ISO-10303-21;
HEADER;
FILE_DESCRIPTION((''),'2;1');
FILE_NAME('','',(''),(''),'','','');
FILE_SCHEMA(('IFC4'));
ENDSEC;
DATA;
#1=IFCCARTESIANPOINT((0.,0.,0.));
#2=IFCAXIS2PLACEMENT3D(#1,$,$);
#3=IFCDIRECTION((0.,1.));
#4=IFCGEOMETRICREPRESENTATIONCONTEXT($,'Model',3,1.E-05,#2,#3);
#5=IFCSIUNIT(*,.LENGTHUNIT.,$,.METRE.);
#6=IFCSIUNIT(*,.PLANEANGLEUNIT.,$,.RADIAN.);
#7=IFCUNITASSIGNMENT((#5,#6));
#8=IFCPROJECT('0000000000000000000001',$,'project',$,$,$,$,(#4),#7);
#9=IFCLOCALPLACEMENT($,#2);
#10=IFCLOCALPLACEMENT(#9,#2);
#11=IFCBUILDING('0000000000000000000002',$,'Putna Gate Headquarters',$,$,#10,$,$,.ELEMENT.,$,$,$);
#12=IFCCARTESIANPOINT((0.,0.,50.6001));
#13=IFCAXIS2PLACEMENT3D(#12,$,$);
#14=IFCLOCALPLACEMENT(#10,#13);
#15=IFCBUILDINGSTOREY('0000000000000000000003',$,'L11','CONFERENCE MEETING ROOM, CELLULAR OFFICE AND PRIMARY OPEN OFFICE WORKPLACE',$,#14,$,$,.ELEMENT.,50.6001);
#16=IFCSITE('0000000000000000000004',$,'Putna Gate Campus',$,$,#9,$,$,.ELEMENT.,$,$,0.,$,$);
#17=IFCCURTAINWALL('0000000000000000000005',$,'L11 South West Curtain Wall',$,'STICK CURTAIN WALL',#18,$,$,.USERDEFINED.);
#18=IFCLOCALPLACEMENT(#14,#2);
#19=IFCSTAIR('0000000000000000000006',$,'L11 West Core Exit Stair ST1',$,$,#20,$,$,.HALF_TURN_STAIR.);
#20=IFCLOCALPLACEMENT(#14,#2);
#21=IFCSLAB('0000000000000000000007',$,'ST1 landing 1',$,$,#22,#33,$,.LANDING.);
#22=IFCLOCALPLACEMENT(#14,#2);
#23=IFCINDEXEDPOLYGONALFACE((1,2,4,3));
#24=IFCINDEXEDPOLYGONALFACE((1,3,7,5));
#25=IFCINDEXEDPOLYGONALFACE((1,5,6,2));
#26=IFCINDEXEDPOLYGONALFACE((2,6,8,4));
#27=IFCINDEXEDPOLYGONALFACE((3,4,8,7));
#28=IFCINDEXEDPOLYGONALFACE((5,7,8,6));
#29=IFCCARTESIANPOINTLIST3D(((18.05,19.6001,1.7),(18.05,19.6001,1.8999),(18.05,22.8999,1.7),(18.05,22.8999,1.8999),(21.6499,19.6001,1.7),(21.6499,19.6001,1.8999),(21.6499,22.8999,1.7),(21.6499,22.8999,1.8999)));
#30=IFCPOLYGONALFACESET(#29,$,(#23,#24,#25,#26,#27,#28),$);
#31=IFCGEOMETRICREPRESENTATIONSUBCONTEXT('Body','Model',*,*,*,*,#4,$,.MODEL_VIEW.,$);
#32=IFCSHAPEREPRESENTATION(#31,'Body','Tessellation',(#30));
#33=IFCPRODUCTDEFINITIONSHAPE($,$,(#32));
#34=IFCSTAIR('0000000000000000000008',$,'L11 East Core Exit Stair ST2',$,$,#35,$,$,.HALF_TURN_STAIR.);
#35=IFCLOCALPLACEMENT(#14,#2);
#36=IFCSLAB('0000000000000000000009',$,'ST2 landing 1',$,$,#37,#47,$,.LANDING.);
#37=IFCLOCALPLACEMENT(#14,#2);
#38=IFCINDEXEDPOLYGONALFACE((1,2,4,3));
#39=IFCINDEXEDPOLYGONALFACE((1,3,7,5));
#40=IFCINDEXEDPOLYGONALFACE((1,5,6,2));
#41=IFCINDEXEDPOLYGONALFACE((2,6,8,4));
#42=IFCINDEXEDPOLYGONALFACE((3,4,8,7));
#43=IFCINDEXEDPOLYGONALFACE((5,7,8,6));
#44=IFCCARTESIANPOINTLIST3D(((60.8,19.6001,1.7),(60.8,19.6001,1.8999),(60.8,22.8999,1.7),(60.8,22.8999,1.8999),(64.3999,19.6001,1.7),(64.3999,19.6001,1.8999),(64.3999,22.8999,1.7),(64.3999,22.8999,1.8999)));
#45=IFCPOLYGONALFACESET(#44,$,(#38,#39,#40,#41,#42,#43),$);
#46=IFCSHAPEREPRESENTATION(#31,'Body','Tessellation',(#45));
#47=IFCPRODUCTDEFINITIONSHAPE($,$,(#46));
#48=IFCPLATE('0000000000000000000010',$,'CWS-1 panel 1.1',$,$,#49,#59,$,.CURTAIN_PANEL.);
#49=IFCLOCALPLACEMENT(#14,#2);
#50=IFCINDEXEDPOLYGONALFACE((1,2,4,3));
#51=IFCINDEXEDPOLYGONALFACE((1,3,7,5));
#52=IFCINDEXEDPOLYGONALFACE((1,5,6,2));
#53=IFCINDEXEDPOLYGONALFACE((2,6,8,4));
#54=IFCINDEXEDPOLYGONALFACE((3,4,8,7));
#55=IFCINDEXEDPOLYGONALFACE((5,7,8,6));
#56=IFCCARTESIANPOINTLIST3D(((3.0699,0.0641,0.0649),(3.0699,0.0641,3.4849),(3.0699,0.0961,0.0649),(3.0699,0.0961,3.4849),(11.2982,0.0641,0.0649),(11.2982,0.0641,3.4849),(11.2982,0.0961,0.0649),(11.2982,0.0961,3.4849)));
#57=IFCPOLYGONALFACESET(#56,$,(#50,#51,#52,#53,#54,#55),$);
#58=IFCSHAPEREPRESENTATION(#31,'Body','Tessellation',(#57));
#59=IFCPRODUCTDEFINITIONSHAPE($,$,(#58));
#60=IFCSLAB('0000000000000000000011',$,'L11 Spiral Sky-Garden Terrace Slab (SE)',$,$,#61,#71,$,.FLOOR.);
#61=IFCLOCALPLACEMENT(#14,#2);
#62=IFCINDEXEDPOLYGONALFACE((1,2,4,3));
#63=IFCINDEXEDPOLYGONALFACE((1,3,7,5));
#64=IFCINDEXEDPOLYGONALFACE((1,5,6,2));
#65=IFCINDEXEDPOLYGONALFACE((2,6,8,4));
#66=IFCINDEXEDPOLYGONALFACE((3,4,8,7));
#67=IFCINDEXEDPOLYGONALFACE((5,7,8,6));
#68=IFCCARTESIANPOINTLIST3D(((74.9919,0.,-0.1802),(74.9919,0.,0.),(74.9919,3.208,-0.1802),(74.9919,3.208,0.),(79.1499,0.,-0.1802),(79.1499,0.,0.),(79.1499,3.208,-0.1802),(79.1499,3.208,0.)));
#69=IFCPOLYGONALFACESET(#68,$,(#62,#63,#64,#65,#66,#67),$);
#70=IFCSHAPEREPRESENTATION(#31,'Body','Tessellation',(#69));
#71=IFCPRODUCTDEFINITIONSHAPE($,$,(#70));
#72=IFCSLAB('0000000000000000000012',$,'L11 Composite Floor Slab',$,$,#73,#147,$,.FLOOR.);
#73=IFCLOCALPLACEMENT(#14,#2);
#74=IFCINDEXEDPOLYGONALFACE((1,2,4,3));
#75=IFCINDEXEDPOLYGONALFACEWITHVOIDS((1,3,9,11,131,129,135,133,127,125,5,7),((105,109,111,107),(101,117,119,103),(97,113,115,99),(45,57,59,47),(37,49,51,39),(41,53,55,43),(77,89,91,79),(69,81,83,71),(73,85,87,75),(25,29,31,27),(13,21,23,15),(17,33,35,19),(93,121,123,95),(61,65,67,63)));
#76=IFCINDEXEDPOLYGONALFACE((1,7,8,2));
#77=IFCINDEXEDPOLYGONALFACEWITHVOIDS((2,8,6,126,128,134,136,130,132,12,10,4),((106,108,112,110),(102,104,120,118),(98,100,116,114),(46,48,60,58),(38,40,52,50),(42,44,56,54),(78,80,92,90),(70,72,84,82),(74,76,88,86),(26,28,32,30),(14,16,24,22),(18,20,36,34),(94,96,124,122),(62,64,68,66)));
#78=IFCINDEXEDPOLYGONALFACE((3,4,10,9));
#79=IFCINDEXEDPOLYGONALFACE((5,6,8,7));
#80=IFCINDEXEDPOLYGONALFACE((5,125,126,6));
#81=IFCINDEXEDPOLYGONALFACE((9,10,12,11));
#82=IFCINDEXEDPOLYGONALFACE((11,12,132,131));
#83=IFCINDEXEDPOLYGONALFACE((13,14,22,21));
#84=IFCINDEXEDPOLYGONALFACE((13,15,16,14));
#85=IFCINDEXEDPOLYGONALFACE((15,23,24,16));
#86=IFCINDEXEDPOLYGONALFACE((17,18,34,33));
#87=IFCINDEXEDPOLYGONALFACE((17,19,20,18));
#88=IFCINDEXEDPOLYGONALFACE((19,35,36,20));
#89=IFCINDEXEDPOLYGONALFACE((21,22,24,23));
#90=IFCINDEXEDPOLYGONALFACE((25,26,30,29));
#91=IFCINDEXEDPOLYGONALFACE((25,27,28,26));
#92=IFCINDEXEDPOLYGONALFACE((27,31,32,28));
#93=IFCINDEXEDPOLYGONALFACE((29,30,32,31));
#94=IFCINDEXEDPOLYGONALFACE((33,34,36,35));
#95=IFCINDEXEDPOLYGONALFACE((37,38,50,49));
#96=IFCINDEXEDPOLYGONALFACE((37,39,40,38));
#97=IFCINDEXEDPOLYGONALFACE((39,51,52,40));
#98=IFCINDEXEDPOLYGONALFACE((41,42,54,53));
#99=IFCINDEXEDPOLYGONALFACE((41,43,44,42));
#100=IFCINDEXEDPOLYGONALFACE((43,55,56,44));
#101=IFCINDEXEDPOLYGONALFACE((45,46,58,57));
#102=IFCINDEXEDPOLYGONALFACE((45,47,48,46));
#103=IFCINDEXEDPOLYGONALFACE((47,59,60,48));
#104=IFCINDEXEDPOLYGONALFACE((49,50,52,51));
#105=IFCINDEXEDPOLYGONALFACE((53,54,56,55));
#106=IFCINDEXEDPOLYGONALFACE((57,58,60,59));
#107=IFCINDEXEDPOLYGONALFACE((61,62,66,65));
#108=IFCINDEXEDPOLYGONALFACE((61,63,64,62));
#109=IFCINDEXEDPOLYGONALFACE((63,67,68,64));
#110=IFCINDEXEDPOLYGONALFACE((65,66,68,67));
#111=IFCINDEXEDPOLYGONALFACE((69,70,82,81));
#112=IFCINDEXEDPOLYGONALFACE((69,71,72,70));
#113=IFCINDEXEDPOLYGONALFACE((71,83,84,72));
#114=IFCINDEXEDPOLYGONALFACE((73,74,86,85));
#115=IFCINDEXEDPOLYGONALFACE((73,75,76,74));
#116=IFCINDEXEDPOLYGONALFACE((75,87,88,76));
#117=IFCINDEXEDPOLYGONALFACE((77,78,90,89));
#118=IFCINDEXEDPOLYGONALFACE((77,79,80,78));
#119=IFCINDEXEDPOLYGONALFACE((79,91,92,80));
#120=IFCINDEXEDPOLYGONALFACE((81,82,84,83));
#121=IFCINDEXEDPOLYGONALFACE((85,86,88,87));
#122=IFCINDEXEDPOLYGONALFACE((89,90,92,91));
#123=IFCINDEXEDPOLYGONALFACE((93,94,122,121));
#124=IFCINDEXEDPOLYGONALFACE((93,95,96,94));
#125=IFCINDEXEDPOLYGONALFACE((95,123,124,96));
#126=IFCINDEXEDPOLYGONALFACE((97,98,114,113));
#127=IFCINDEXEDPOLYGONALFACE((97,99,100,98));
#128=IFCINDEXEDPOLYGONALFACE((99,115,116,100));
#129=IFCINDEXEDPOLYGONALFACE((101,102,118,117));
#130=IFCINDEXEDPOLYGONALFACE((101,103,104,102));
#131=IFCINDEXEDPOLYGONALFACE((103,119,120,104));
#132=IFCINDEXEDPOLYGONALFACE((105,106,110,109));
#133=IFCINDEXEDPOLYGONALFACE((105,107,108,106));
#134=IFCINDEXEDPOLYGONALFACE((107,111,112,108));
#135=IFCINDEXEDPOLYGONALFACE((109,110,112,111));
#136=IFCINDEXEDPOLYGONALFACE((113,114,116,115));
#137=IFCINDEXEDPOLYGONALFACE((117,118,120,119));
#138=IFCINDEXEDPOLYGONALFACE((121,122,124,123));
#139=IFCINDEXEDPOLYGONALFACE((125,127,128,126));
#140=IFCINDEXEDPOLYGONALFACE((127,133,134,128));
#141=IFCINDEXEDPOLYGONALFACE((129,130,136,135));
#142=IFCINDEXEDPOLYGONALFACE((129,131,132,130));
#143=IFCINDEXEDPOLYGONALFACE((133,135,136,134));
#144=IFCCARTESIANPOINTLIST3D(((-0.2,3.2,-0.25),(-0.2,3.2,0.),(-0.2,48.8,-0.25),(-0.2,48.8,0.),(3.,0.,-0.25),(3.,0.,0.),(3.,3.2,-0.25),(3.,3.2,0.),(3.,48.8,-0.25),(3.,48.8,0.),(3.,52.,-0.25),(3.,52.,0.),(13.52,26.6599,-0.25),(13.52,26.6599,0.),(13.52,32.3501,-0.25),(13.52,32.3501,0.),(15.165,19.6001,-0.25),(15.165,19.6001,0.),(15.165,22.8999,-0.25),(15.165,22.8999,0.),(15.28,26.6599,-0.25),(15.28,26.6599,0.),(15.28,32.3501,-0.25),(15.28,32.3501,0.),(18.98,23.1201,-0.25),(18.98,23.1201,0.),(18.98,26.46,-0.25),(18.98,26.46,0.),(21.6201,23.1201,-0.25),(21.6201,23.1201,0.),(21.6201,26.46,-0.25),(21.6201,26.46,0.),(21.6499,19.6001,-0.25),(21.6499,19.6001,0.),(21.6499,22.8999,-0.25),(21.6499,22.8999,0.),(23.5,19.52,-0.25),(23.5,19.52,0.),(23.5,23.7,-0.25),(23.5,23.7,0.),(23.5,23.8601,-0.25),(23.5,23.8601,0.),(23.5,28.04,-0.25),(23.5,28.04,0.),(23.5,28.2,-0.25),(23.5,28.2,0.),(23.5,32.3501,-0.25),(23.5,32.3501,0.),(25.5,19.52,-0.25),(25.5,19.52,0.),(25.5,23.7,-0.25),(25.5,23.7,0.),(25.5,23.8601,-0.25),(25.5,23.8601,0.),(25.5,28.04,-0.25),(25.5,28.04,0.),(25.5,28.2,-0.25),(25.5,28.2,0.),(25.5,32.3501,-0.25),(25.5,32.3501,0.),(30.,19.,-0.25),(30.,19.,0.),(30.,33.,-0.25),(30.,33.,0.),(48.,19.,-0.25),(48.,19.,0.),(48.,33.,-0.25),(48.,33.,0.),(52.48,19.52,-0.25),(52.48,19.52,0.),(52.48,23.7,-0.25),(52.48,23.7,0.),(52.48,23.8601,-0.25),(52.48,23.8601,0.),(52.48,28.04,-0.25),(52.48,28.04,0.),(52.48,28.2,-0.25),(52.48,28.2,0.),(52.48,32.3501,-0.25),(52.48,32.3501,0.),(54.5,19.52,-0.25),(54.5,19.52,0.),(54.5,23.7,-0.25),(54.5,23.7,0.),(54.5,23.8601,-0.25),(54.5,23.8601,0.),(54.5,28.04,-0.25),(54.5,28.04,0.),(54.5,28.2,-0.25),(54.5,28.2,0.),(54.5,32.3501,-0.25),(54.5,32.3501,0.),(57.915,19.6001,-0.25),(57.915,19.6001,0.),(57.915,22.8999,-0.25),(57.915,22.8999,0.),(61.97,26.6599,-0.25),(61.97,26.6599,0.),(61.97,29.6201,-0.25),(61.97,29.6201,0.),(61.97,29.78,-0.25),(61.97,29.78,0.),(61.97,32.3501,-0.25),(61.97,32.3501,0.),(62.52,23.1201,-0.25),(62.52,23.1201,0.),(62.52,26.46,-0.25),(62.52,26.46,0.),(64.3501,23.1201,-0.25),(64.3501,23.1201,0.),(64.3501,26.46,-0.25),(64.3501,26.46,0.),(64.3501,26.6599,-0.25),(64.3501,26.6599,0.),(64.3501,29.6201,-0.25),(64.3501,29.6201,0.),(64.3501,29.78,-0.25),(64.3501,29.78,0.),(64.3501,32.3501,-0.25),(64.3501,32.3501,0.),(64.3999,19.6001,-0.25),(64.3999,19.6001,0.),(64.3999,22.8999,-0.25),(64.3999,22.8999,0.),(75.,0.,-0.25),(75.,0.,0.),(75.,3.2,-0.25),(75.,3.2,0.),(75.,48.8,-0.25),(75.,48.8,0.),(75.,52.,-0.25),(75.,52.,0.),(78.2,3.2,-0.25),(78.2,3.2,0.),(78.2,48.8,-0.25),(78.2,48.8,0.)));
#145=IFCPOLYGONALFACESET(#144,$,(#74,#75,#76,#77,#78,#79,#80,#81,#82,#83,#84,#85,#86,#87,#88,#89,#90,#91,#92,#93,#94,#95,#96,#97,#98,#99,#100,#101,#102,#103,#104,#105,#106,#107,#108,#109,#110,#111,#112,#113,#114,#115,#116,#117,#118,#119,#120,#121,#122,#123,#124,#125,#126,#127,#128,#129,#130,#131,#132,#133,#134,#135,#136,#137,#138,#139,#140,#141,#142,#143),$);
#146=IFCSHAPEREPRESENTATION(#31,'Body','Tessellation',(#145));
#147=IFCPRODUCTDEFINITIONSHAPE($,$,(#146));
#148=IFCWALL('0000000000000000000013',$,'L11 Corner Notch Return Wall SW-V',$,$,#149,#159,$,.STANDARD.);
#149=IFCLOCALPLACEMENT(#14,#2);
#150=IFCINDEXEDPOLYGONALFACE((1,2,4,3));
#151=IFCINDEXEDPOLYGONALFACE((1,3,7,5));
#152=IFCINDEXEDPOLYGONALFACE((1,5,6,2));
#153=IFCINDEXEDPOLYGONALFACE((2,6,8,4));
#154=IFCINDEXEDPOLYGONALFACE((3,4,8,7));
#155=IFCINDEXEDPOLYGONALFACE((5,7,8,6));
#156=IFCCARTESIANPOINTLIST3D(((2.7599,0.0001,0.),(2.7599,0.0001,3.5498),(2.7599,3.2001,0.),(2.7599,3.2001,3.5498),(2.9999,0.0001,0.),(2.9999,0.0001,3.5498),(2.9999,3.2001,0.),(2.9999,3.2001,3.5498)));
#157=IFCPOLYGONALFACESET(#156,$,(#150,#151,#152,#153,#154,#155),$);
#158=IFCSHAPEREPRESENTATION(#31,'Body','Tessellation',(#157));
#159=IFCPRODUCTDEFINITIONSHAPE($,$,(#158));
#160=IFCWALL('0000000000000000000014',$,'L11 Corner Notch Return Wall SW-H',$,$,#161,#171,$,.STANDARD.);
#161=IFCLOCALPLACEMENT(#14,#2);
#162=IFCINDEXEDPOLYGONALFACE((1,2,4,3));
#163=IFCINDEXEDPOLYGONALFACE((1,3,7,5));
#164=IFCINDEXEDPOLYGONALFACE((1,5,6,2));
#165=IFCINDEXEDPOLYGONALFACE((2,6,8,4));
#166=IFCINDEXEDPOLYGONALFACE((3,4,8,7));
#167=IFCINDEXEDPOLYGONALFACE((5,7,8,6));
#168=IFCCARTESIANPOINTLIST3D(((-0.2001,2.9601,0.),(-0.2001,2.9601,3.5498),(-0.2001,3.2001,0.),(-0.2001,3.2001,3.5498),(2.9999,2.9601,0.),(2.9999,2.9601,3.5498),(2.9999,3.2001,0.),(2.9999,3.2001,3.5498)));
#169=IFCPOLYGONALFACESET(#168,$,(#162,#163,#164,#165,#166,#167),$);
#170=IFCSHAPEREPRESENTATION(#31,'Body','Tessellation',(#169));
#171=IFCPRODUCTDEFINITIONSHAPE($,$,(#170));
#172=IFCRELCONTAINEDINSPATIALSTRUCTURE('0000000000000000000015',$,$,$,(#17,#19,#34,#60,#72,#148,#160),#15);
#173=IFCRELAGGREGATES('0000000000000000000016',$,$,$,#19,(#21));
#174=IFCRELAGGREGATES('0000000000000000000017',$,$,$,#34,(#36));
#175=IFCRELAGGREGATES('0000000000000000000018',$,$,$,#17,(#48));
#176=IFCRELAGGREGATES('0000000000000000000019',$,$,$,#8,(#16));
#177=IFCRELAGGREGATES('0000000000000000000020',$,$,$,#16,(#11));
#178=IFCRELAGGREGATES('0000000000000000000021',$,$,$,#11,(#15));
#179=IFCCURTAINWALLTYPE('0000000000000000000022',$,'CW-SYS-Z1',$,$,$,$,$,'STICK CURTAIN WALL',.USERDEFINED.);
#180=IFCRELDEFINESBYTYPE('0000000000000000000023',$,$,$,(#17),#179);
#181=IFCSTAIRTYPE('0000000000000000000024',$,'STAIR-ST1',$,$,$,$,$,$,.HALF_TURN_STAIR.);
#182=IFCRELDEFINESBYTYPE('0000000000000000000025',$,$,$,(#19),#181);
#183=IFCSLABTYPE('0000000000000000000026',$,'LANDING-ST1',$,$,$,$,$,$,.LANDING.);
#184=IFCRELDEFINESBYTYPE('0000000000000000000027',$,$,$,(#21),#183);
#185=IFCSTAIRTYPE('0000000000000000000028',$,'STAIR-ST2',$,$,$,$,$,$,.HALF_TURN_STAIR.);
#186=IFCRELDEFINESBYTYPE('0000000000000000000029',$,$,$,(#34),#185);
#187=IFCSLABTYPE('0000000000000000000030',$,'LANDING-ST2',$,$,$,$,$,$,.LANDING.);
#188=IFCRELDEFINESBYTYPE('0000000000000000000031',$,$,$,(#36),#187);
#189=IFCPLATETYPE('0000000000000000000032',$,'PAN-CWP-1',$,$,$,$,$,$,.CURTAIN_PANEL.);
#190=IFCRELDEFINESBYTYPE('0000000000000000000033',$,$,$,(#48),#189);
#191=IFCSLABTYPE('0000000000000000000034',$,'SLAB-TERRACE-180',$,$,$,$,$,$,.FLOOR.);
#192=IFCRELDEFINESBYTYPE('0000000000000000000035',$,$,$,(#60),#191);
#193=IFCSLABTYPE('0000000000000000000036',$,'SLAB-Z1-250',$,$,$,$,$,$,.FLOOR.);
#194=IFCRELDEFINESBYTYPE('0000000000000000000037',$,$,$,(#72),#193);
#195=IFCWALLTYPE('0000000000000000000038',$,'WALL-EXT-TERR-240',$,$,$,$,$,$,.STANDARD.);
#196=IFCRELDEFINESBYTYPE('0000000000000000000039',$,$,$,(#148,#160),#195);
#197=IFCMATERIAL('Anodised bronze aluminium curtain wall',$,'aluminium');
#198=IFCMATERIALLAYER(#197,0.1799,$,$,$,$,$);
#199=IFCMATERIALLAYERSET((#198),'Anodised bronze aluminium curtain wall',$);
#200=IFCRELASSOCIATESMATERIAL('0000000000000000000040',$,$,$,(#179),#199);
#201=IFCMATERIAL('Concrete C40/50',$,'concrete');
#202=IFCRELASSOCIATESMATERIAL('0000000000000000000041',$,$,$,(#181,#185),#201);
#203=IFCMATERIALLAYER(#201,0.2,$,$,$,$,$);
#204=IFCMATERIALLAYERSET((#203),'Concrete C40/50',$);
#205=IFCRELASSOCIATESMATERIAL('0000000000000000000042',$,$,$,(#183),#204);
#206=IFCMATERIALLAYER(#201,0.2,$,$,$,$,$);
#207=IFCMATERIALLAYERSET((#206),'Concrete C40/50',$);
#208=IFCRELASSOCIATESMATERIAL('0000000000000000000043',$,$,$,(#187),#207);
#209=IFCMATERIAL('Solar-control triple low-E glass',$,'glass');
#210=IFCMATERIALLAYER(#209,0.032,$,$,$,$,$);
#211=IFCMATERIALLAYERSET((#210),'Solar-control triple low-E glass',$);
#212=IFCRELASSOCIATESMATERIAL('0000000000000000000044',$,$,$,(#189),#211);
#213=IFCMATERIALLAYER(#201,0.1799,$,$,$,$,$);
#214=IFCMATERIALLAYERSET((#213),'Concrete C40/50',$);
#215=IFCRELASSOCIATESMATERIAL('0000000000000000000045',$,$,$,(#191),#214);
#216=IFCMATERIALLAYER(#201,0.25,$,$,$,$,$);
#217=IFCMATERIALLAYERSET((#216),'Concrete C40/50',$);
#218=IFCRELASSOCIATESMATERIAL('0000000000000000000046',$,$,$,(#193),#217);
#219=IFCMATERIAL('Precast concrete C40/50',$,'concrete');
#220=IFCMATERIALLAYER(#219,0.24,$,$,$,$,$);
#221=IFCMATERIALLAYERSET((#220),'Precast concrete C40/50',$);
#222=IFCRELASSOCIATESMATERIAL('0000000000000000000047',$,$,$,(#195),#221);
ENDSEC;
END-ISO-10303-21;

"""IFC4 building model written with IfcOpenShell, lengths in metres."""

from ifc_helpers import new_model, si_unit, direction, frame, frame_2d, origin, origin_2d, place, context, subcontext, project, spatial, polyline, rectangle, outline, extrude, material, layer, layer_set, type_object, element, aggregate, save


model = new_model("IFC4")

# Units and contexts
model_context = context("Model", 3, precision=1e-05, world=origin(), true_north=direction((0.0, 1.0)))
body_context = subcontext(model_context, "Body", "Model", "MODEL_VIEW")
ifc_project = project(units=[si_unit("LENGTHUNIT", "METRE"), si_unit("PLANEANGLEUNIT", "RADIAN")], contexts=[model_context])

# Site, building, storey
site_placement = place(None, origin())
site = spatial("IfcSite", under=ifc_project, at=site_placement, Name="Putna Gate Campus", CompositionType="ELEMENT", RefElevation=0.0)
building_placement = place(site_placement, origin())
building = spatial("IfcBuilding", under=site, at=building_placement, Name="Putna Gate Headquarters", CompositionType="ELEMENT")
storey_placement = place(building_placement, frame((0.0, 0.0, 50.6001)))
storey = spatial("IfcBuildingStorey", under=building, at=storey_placement, Name="L11", Description="CONFERENCE MEETING ROOM, CELLULAR OFFICE AND PRIMARY OPEN OFFICE WORKPLACE", CompositionType="ELEMENT", Elevation=50.6001)

# Curtain wall
ifc_material_1 = material(Name="Anodised bronze aluminium curtain wall", Category="aluminium")
ifc_layer_1 = layer(ifc_material_1, 0.1799)
ifc_layer_set_1 = layer_set([ifc_layer_1], Name="Anodised bronze aluminium curtain wall")
curtain_wall_type = type_object("IfcCurtainWallType", Name="CW-SYS-Z1", ElementType="STICK CURTAIN WALL", PredefinedType="USERDEFINED", material=ifc_layer_set_1)
curtain_wall_1_placement = place(storey_placement, origin())
curtain_wall_1 = element("IfcCurtainWall", 1, at=curtain_wall_1_placement, inside=storey, type_object=curtain_wall_type, Name="L11 South West Curtain Wall", ObjectType="STICK CURTAIN WALL", PredefinedType="USERDEFINED")

# Stairs, slabs
ifc_material_2 = material(Name="Concrete C40/50", Category="concrete")
stair_type_1 = type_object("IfcStairType", Name="STAIR-ST1", PredefinedType="HALF_TURN_STAIR", material=ifc_material_2)
stair_1_placement = place(storey_placement, origin())
stair_1 = element("IfcStair", 2, at=stair_1_placement, inside=storey, type_object=stair_type_1, Name="L11 West Core Exit Stair ST1", PredefinedType="HALF_TURN_STAIR")
ifc_layer_2 = layer(ifc_material_2, 0.2)
ifc_layer_set_2 = layer_set([ifc_layer_2], Name="Concrete C40/50")
slab_type_1 = type_object("IfcSlabType", Name="LANDING-ST1", PredefinedType="LANDING", material=ifc_layer_set_2)
slab_1_placement = place(storey_placement, frame((0.0, 0.0, 1.7)))
slab_1 = element("IfcSlab", 3, at=slab_1_placement, type_object=slab_type_1, Name="ST1 landing 1", PredefinedType="LANDING", context=body_context, shape_type="SweptSolid", body=[
    extrude(outline(polyline([(18.05, 19.6001), (21.6499, 19.6001), (21.6499, 22.8999), (18.05, 22.8999), (18.05, 19.6001)])), origin(), (0.0, 0.0, 1.0), 0.2),
])
aggregate(stair_1, [slab_1])
stair_type_2 = type_object("IfcStairType", Name="STAIR-ST2", PredefinedType="HALF_TURN_STAIR", material=ifc_material_2)
stair_2_placement = place(storey_placement, origin())
stair_2 = element("IfcStair", 4, at=stair_2_placement, inside=storey, type_object=stair_type_2, Name="L11 East Core Exit Stair ST2", PredefinedType="HALF_TURN_STAIR")
ifc_layer_3 = layer(ifc_material_2, 0.2)
ifc_layer_set_3 = layer_set([ifc_layer_3], Name="Concrete C40/50")
slab_type_2 = type_object("IfcSlabType", Name="LANDING-ST2", PredefinedType="LANDING", material=ifc_layer_set_3)
slab_2_placement = place(storey_placement, frame((0.0, 0.0, 1.7)))
slab_2 = element("IfcSlab", 5, at=slab_2_placement, type_object=slab_type_2, Name="ST2 landing 1", PredefinedType="LANDING", context=body_context, shape_type="SweptSolid", body=[
    extrude(outline(polyline([(60.8, 19.6001), (64.3999, 19.6001), (64.3999, 22.8999), (60.8, 22.8999), (60.8, 19.6001)])), origin(), (0.0, 0.0, 1.0), 0.2),
])
aggregate(stair_2, [slab_2])

# Plate
ifc_material_3 = material(Name="Solar-control triple low-E glass", Category="glass")
ifc_layer_4 = layer(ifc_material_3, 0.032)
ifc_layer_set_4 = layer_set([ifc_layer_4], Name="Solar-control triple low-E glass")
plate_type = type_object("IfcPlateType", Name="PAN-CWP-1", PredefinedType="CURTAIN_PANEL", material=ifc_layer_set_4)
plate_placement = place(storey_placement, frame((7.1841, 0.0801, 0.0649), z_axis=(0.0, 0.0, 1.0), x_axis=(1.0, 0.0, 0.0)))
plate = element("IfcPlate", 6, at=plate_placement, type_object=plate_type, Name="CWS-1 panel 1.1", PredefinedType="CURTAIN_PANEL", context=body_context, shape_type="SweptSolid", body=[
    extrude(rectangle(XDim=8.2283, YDim=0.032, at=origin_2d()), origin(), (0.0, 0.0, 1.0), 3.4199),
])
aggregate(curtain_wall_1, [plate])

# Slabs
ifc_layer_5 = layer(ifc_material_2, 0.1799)
ifc_layer_set_5 = layer_set([ifc_layer_5], Name="Concrete C40/50")
slab_type_3 = type_object("IfcSlabType", Name="SLAB-TERRACE-180", PredefinedType="FLOOR", material=ifc_layer_set_5)
slab_3_placement = place(storey_placement, frame((0.0, 0.0, -0.1802)))
element("IfcSlab", 7, at=slab_3_placement, inside=storey, type_object=slab_type_3, Name="L11 Spiral Sky-Garden Terrace Slab (SE)", PredefinedType="FLOOR", context=body_context, shape_type="SweptSolid", body=[
    extrude(outline(polyline([(74.9919, 0.0), (79.1499, 0.0), (79.1499, 3.208), (74.9919, 3.208), (74.9919, 0.0)])), origin(), (0.0, 0.0, 1.0), 0.1802),
])
ifc_layer_6 = layer(ifc_material_2, 0.25)
ifc_layer_set_6 = layer_set([ifc_layer_6], Name="Concrete C40/50")
slab_type_4 = type_object("IfcSlabType", Name="SLAB-Z1-250", PredefinedType="FLOOR", material=ifc_layer_set_6)
slab_4_placement = place(storey_placement, frame((0.0, 0.0, -0.25)))
element("IfcSlab", 8, at=slab_4_placement, inside=storey, type_object=slab_type_4, Name="L11 Composite Floor Slab", PredefinedType="FLOOR", context=body_context, shape_type="SweptSolid", body=[
    extrude(outline(polyline([(3.0, 0.0), (75.0, 0.0), (75.0, 3.2), (78.2, 3.2), (78.2, 48.8), (75.0, 48.8), (75.0, 52.0), (3.0, 52.0), (3.0, 48.8), (-0.2, 48.8), (-0.2, 3.2), (3.0, 3.2), (3.0, 0.0)]), holes=[polyline([(15.165, 19.6001), (21.6499, 19.6001), (21.6499, 22.8999), (15.165, 22.8999), (15.165, 19.6001)]), polyline([(57.915, 19.6001), (64.3999, 19.6001), (64.3999, 22.8999), (57.915, 22.8999), (57.915, 19.6001)]), polyline([(13.52, 26.6599), (15.28, 26.6599), (15.28, 32.3501), (13.52, 32.3501), (13.52, 26.6599)]), polyline([(61.97, 29.78), (64.3501, 29.78), (64.3501, 32.3501), (61.97, 32.3501), (61.97, 29.78)]), polyline([(18.98, 23.1201), (21.6201, 23.1201), (21.6201, 26.46), (18.98, 26.46), (18.98, 23.1201)]), polyline([(62.52, 23.1201), (64.3501, 23.1201), (64.3501, 26.46), (62.52, 26.46), (62.52, 23.1201)]), polyline([(61.97, 26.6599), (64.3501, 26.6599), (64.3501, 29.6201), (61.97, 29.6201), (61.97, 26.6599)]), polyline([(23.5, 19.52), (25.5, 19.52), (25.5, 23.7), (23.5, 23.7), (23.5, 19.52)]), polyline([(52.48, 19.52), (54.5, 19.52), (54.5, 23.7), (52.48, 23.7), (52.48, 19.52)]), polyline([(23.5, 23.8601), (25.5, 23.8601), (25.5, 28.04), (23.5, 28.04), (23.5, 23.8601)]), polyline([(52.48, 23.8601), (54.5, 23.8601), (54.5, 28.04), (52.48, 28.04), (52.48, 23.8601)]), polyline([(23.5, 28.2), (25.5, 28.2), (25.5, 32.3501), (23.5, 32.3501), (23.5, 28.2)]), polyline([(52.48, 28.2), (54.5, 28.2), (54.5, 32.3501), (52.48, 32.3501), (52.48, 28.2)]), polyline([(30.0, 19.0), (48.0, 19.0), (48.0, 33.0), (30.0, 33.0), (30.0, 19.0)])]), origin(), (0.0, 0.0, 1.0), 0.25),
])

# Walls
ifc_material_4 = material(Name="Precast concrete C40/50", Category="concrete")
ifc_layer_7 = layer(ifc_material_4, 0.24)
ifc_layer_set_7 = layer_set([ifc_layer_7], Name="Precast concrete C40/50")
wall_type = type_object("IfcWallType", Name="WALL-EXT-TERR-240", PredefinedType="STANDARD", material=ifc_layer_set_7)
for number, where, z_axis, x_axis, name in (
    (9, (2.8799, 0.0, 0.0), (0.0, 0.0, 1.0), (0.0, 1.0, 0.0), "L11 Corner Notch Return Wall SW-V"),
    (10, (3.0, 3.0801, 0.0), (0.0, 0.0, 1.0), (-1.0, 0.0, 0.0), "L11 Corner Notch Return Wall SW-H"),
):
    element("IfcWall", number, at=place(storey_placement, frame(where, z_axis=z_axis, x_axis=x_axis)), inside=storey, type_object=wall_type, Name=name, PredefinedType="STANDARD", context=body_context, shape_type="SweptSolid", body=[
        extrude(rectangle(XDim=3.2, YDim=0.24, at=frame_2d((1.6001, 0.0))), origin(), (0.0, 0.0, 1.0), 3.5498),
    ])

save(model, "model.ifc")
